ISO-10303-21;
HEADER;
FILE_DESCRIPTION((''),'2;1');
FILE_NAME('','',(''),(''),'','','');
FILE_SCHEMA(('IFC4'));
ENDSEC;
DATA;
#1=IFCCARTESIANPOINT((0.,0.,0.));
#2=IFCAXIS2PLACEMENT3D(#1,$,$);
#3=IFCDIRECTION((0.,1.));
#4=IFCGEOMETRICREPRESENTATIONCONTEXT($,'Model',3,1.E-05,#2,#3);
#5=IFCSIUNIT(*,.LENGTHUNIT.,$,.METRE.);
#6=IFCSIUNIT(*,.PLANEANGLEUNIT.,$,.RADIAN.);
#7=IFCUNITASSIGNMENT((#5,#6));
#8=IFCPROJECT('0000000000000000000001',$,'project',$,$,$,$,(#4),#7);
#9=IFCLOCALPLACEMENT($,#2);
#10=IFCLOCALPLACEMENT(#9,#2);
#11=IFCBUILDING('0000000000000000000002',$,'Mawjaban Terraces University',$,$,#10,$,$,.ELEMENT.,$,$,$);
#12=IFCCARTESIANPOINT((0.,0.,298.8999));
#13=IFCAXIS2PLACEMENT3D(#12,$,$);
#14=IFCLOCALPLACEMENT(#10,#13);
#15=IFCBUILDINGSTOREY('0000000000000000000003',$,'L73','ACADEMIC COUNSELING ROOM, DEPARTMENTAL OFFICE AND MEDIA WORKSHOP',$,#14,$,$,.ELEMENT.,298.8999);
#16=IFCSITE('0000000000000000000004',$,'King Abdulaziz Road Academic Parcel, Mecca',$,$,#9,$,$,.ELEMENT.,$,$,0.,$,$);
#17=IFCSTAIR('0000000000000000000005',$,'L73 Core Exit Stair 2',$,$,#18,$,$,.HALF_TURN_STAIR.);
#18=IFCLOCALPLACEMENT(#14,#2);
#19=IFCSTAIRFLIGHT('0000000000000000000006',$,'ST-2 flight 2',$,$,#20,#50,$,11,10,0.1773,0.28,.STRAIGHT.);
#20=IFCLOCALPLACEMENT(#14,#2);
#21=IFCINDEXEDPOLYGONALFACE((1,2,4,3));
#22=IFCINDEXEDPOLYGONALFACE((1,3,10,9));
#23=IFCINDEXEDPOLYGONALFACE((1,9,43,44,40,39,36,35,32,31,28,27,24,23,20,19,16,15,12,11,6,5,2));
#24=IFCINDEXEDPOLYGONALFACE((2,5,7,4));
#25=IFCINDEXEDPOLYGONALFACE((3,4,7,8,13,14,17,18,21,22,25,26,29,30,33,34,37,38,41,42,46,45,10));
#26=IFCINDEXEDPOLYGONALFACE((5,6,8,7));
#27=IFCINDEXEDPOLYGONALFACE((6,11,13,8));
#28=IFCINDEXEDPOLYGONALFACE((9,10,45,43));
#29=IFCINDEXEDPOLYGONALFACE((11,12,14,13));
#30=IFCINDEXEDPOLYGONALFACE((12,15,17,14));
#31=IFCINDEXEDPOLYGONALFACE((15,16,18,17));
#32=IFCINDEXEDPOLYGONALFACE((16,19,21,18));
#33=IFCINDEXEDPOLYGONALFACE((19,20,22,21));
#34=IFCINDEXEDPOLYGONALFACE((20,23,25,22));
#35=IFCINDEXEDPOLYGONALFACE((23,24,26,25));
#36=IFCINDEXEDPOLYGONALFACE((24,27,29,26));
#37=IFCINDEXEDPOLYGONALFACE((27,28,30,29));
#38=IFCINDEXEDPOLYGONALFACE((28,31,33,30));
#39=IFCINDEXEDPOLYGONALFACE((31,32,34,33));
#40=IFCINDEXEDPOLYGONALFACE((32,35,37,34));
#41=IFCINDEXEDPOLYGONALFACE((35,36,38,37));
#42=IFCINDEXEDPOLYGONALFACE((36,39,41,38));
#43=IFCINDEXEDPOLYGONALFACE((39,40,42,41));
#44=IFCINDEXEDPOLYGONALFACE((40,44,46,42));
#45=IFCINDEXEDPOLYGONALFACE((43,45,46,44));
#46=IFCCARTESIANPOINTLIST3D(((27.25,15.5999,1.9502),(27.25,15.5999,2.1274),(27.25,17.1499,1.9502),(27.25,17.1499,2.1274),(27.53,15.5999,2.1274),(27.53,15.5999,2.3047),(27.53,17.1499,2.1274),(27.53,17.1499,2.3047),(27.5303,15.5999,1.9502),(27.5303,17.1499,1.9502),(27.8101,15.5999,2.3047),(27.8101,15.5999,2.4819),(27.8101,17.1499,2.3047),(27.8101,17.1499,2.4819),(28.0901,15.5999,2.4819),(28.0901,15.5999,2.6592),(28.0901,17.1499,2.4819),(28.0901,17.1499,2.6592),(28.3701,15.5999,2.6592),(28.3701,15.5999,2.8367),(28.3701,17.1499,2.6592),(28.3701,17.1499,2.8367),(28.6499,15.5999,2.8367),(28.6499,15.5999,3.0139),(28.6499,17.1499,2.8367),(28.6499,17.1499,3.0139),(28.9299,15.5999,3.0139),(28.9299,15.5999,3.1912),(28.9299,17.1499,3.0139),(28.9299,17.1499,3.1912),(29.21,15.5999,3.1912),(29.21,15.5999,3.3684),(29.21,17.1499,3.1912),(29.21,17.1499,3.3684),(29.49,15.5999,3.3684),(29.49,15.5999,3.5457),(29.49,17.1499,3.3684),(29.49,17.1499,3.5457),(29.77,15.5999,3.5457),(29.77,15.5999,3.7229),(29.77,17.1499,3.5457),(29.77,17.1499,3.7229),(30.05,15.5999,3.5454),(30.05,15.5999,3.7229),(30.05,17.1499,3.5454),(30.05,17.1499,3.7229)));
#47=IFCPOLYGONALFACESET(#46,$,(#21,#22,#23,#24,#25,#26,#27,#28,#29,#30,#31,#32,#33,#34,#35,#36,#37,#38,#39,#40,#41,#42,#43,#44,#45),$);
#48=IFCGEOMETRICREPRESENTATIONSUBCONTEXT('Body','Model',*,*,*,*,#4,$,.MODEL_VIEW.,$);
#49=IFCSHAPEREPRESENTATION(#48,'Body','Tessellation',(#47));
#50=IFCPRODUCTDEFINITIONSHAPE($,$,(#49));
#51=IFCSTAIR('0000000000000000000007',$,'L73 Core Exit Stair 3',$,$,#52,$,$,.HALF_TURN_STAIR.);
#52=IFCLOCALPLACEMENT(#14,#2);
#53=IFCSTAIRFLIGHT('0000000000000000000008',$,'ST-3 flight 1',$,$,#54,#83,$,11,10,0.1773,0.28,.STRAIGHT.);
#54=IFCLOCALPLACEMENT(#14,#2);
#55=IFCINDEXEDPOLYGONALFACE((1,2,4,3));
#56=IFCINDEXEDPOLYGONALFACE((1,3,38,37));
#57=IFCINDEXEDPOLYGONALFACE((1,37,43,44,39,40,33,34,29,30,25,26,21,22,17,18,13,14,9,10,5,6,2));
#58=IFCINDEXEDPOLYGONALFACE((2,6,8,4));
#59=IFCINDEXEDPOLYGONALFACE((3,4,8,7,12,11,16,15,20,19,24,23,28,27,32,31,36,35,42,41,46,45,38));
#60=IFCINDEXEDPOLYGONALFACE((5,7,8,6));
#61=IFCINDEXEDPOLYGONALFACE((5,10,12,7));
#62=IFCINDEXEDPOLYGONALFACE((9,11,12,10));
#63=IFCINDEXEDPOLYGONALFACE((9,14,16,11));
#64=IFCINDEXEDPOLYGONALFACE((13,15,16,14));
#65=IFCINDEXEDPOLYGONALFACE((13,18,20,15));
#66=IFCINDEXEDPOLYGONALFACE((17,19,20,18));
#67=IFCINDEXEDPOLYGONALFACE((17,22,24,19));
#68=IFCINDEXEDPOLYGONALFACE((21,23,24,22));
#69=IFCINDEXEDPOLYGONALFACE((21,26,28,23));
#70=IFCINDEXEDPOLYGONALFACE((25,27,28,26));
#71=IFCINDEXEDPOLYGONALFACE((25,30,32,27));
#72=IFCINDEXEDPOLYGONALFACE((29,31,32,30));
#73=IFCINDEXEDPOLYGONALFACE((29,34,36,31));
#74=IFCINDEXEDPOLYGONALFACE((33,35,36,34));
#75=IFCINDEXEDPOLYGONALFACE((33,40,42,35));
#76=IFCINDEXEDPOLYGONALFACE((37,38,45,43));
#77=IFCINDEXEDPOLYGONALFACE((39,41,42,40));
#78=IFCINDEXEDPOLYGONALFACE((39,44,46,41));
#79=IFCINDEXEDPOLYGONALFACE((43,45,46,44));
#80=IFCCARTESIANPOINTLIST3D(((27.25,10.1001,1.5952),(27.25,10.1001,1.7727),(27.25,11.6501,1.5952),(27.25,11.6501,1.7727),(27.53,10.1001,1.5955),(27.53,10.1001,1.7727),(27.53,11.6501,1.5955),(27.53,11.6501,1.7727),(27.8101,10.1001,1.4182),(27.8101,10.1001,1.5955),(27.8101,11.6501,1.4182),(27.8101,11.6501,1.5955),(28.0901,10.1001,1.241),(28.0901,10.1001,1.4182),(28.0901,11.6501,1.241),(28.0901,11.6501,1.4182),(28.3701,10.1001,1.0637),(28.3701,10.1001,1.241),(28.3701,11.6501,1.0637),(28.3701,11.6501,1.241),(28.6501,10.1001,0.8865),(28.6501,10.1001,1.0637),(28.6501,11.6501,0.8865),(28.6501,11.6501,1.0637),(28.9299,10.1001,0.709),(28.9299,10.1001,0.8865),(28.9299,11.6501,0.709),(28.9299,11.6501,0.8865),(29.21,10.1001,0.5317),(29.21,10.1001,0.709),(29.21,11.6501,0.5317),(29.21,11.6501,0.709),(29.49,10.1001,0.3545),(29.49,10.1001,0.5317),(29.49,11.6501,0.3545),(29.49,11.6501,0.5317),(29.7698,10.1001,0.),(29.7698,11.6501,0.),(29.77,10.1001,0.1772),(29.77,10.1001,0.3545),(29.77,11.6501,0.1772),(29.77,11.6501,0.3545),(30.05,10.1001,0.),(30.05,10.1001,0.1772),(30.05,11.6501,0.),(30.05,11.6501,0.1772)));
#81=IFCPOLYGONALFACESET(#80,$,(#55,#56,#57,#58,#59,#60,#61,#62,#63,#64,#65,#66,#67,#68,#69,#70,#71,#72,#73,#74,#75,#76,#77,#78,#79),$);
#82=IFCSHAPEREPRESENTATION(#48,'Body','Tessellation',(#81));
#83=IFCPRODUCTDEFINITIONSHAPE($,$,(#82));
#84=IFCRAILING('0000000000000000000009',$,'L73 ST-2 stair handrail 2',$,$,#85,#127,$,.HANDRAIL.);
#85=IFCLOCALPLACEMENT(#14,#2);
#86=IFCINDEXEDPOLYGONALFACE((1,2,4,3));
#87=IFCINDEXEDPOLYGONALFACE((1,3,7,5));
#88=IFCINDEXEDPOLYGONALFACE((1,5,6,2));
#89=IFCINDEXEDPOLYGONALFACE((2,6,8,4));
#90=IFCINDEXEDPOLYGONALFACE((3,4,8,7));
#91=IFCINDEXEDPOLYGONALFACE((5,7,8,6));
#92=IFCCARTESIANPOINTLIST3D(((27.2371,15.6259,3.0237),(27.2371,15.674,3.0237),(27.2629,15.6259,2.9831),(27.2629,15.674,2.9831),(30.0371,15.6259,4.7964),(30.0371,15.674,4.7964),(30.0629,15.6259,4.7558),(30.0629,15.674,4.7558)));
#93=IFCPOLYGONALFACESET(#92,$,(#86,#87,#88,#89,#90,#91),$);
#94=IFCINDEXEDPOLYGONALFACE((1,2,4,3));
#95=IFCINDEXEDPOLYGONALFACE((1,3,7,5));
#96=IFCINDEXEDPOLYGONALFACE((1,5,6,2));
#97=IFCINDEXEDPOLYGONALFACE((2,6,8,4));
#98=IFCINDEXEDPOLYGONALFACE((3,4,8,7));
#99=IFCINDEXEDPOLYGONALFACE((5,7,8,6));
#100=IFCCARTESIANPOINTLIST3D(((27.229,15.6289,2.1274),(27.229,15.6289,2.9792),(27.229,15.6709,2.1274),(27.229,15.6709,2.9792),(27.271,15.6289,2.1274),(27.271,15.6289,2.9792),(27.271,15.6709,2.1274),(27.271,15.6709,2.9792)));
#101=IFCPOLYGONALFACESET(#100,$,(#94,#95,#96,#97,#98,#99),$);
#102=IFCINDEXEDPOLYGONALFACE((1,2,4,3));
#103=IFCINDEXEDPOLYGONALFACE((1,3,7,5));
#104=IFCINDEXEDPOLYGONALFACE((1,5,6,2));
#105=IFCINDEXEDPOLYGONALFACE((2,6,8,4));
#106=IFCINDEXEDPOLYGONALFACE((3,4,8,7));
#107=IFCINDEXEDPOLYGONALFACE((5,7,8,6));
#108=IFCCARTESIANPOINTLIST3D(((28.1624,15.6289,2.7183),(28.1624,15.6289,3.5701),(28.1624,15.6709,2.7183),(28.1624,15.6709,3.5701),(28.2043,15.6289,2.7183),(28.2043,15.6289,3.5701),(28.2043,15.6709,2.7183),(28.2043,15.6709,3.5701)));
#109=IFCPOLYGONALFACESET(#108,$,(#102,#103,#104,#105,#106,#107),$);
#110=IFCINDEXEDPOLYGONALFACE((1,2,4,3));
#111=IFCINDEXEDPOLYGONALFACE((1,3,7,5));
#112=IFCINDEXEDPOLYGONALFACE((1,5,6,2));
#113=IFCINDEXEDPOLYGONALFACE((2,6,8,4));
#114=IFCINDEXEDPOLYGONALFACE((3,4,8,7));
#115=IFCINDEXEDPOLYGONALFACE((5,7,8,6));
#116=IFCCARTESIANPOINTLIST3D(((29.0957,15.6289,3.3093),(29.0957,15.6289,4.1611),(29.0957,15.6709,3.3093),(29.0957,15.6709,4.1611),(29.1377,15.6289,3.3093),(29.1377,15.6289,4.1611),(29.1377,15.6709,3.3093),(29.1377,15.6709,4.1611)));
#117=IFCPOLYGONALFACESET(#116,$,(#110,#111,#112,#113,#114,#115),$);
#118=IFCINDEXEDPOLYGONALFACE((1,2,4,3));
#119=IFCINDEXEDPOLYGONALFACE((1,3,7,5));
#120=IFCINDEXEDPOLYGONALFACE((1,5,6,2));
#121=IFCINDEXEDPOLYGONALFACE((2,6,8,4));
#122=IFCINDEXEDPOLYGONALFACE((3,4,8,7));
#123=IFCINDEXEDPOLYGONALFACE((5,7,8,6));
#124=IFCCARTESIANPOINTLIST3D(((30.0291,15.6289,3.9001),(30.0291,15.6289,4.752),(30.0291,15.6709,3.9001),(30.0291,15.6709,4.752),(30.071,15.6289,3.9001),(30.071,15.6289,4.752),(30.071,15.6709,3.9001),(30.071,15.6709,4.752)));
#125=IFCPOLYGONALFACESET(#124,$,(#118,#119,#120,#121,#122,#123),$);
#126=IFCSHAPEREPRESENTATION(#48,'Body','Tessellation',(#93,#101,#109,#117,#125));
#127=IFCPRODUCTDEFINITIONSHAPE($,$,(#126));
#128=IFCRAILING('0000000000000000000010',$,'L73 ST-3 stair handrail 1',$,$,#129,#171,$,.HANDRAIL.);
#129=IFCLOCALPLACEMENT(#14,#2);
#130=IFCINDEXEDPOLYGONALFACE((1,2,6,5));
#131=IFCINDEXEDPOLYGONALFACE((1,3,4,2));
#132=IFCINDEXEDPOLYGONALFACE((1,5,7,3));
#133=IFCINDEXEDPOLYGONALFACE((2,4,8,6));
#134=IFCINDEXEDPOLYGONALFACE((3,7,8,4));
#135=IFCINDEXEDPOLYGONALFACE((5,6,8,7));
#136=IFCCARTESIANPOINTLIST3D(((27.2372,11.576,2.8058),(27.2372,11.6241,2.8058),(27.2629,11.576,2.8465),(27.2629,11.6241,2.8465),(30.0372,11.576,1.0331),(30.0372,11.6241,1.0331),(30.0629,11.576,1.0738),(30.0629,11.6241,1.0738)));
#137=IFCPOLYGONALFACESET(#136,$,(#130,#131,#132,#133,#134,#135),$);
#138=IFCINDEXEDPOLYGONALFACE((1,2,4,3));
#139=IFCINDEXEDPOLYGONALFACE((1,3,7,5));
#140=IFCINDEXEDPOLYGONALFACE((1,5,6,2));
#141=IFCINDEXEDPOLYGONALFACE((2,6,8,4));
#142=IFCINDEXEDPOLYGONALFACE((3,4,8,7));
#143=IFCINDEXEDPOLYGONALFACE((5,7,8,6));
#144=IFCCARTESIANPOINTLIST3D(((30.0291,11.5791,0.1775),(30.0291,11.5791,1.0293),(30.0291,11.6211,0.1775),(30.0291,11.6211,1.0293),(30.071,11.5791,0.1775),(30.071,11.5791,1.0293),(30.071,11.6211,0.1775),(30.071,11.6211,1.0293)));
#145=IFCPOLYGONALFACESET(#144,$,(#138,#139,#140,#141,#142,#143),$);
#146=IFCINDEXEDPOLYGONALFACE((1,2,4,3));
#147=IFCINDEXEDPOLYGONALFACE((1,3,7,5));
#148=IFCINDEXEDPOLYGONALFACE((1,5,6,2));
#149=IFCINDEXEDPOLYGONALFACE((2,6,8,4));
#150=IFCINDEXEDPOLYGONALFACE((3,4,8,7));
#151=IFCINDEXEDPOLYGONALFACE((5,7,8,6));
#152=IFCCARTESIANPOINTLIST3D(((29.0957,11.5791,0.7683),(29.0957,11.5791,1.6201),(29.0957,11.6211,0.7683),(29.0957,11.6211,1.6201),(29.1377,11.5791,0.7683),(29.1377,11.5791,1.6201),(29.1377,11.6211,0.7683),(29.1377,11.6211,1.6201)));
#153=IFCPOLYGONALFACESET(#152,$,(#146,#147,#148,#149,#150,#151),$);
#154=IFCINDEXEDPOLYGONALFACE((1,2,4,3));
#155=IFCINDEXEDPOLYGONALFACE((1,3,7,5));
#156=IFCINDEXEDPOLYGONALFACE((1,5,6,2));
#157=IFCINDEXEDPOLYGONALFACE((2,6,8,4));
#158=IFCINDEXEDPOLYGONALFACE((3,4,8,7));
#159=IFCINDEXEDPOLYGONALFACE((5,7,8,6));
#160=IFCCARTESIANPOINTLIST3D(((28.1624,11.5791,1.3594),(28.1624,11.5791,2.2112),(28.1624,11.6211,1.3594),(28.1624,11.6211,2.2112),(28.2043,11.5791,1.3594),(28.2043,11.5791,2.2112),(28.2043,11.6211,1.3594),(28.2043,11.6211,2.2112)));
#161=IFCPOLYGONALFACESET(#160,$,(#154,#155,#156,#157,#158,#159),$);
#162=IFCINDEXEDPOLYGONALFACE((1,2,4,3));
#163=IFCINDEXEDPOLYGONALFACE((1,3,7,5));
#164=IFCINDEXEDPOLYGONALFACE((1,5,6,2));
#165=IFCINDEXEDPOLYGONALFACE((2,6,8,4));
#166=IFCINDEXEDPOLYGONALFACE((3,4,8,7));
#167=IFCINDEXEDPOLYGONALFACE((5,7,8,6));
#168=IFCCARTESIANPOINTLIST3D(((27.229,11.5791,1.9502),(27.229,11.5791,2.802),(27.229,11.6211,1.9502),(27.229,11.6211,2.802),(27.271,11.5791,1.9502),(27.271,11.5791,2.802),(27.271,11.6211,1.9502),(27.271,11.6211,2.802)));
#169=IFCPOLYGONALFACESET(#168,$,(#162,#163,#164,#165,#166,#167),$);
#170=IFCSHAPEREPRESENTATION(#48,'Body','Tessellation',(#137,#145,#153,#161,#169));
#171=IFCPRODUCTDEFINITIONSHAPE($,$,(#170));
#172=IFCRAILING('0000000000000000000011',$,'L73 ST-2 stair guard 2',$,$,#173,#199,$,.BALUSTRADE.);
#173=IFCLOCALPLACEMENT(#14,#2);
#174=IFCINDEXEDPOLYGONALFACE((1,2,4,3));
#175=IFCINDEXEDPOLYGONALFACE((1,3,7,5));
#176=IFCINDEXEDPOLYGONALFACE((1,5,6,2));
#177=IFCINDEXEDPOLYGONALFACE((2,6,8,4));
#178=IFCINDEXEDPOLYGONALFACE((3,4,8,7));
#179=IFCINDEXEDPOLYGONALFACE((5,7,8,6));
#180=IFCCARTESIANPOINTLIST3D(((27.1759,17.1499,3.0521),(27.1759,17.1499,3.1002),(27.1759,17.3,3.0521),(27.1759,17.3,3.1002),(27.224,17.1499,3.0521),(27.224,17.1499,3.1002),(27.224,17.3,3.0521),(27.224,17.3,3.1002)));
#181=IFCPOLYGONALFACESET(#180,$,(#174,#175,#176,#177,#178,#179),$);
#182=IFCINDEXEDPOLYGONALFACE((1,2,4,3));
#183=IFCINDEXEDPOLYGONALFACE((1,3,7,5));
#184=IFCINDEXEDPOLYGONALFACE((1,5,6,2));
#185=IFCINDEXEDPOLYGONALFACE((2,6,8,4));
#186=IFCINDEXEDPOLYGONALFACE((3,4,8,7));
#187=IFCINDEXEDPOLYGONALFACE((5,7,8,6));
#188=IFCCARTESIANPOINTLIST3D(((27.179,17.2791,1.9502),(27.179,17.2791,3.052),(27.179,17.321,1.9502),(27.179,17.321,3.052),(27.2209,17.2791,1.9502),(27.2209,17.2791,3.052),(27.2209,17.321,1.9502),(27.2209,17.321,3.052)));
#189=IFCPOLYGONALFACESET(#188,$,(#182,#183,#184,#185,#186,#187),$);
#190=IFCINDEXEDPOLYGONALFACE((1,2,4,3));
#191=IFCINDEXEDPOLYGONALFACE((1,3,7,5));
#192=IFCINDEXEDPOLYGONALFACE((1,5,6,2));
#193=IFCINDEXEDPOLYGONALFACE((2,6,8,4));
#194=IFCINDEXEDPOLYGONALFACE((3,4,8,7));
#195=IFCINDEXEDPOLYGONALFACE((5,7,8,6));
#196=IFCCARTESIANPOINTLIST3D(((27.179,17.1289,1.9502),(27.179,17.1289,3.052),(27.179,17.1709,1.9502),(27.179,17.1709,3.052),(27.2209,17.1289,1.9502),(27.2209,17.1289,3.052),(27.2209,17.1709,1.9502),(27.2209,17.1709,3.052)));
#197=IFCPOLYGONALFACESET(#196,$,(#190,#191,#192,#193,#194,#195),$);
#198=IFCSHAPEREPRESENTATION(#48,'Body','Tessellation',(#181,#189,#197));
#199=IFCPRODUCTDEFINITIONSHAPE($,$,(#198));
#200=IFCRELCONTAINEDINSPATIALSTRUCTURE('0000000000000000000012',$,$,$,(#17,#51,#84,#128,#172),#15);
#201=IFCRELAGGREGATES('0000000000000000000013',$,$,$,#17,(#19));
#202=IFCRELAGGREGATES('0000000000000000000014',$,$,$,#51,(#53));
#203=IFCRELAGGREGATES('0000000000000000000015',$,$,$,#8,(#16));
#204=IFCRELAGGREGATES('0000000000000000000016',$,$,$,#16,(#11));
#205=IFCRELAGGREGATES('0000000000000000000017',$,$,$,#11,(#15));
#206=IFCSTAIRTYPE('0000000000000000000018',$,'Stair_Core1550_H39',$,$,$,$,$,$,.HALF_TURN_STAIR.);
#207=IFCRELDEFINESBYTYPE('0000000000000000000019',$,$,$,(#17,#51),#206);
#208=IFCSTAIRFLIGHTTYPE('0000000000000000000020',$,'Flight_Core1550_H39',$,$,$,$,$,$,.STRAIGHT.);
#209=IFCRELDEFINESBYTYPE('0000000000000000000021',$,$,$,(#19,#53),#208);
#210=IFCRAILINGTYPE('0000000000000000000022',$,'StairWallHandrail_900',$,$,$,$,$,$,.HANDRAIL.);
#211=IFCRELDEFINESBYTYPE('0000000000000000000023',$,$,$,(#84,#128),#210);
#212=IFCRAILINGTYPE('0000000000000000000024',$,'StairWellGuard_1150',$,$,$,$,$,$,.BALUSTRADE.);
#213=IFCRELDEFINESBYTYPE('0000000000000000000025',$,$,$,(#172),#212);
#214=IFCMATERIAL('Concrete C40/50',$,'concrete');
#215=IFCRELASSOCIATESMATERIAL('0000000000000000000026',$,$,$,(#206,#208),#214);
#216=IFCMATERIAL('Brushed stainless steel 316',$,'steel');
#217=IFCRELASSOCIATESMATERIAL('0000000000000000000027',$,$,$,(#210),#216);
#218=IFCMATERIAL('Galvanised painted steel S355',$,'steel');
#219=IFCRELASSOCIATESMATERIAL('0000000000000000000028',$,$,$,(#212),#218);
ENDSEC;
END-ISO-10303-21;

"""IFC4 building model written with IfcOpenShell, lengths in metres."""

from ifc_helpers import new_model, si_unit, direction, frame, origin, origin_2d, place, context, subcontext, project, spatial, polyline, rectangle, outline, extrude, material, type_object, element, aggregate, save


model = new_model("IFC4")

# Units and contexts
model_context = context("Model", 3, precision=1e-05, world=origin(), true_north=direction((0.0, 1.0)))
body_context = subcontext(model_context, "Body", "Model", "MODEL_VIEW")
ifc_project = project(units=[si_unit("LENGTHUNIT", "METRE"), si_unit("PLANEANGLEUNIT", "RADIAN")], contexts=[model_context])

# Site, building, storey
site_placement = place(None, origin())
site = spatial("IfcSite", under=ifc_project, at=site_placement, Name="King Abdulaziz Road Academic Parcel, Mecca", CompositionType="ELEMENT", RefElevation=0.0)
building_placement = place(site_placement, origin())
building = spatial("IfcBuilding", under=site, at=building_placement, Name="Mawjaban Terraces University", CompositionType="ELEMENT")
storey_placement = place(building_placement, frame((0.0, 0.0, 298.8999)))
storey = spatial("IfcBuildingStorey", under=building, at=storey_placement, Name="L73", Description="ACADEMIC COUNSELING ROOM, DEPARTMENTAL OFFICE AND MEDIA WORKSHOP", CompositionType="ELEMENT", Elevation=298.8999)

# Shared definitions
ifc_material_1 = material(Name="Concrete C40/50", Category="concrete")

# Stairs, stair flights
stair_type = type_object("IfcStairType", Name="Stair_Core1550_H39", PredefinedType="HALF_TURN_STAIR", material=ifc_material_1)
stair_1_placement = place(storey_placement, origin())
stair_1 = element("IfcStair", 1, at=stair_1_placement, inside=storey, type_object=stair_type, Name="L73 Core Exit Stair 2", PredefinedType="HALF_TURN_STAIR")
stair_flight_type = type_object("IfcStairFlightType", Name="Flight_Core1550_H39", PredefinedType="STRAIGHT", material=ifc_material_1)
stair_flight_1_placement = place(storey_placement, frame((27.25, 16.375, 1.9502), z_axis=(0.0, 0.0, 1.0), x_axis=(1.0, 0.0, 0.0)))
stair_flight_1 = element("IfcStairFlight", 2, at=stair_flight_1_placement, type_object=stair_flight_type, Name="ST-2 flight 2", NumberOfRisers=11, NumberOfTreads=10, PredefinedType="STRAIGHT", RiserHeight=0.1773, TreadLength=0.28, context=body_context, shape_type="SweptSolid", body=[
    extrude(outline(polyline([(0.0, 0.0), (0.0, 0.1772), (0.28, 0.1772), (0.28, 0.3545), (0.5601, 0.3545), (0.5601, 0.5317), (0.8401, 0.5317), (0.8401, 0.709), (1.1201, 0.709), (1.1201, 0.8865), (1.3999, 0.8865), (1.3999, 1.0637), (1.6799, 1.0637), (1.6799, 1.241), (1.96, 1.241), (1.96, 1.4182), (2.24, 1.4182), (2.24, 1.5955), (2.52, 1.5955), (2.52, 1.7727), (2.8, 1.7727), (2.8, 1.95), (2.8, 1.5952), (0.2803, 0.0), (0.0, 0.0)])), frame((0.0, 0.7749, 0.0), z_axis=(0.0, -1.0, 0.0), x_axis=(1.0, 0.0, 0.0)), (0.0, 0.0, 1.0), 1.55),
])
aggregate(stair_1, [stair_flight_1])
stair_2_placement = place(storey_placement, origin())
stair_2 = element("IfcStair", 3, at=stair_2_placement, inside=storey, type_object=stair_type, Name="L73 Core Exit Stair 3", PredefinedType="HALF_TURN_STAIR")
stair_flight_2_placement = place(storey_placement, frame((30.05, 10.875, 0.0), z_axis=(0.0, 0.0, 1.0), x_axis=(-1.0, 0.0, 0.0)))
stair_flight_2 = element("IfcStairFlight", 4, at=stair_flight_2_placement, type_object=stair_flight_type, Name="ST-3 flight 1", NumberOfRisers=11, NumberOfTreads=10, PredefinedType="STRAIGHT", RiserHeight=0.1773, TreadLength=0.28, context=body_context, shape_type="SweptSolid", body=[
    extrude(outline(polyline([(0.0, 0.0), (0.0, 0.1772), (0.28, 0.1772), (0.28, 0.3545), (0.5601, 0.3545), (0.5601, 0.5317), (0.8401, 0.5317), (0.8401, 0.709), (1.1201, 0.709), (1.1201, 0.8865), (1.3999, 0.8865), (1.3999, 1.0637), (1.6799, 1.0637), (1.6799, 1.241), (1.96, 1.241), (1.96, 1.4182), (2.24, 1.4182), (2.24, 1.5955), (2.52, 1.5955), (2.52, 1.7727), (2.8, 1.7727), (2.8, 1.95), (2.8, 1.5952), (0.2803, 0.0), (0.0, 0.0)])), frame((0.0, 0.7749, 0.0), z_axis=(0.0, -1.0, 0.0), x_axis=(1.0, 0.0, 0.0)), (0.0, 0.0, 1.0), 1.55),
])
aggregate(stair_2, [stair_flight_2])

# Railings
ifc_material_2 = material(Name="Brushed stainless steel 316", Category="steel")
railing_type_1 = type_object("IfcRailingType", Name="StairWallHandrail_900", PredefinedType="HANDRAIL", material=ifc_material_2)
railing_1_placement = place(storey_placement, frame((27.25, 15.6499, 2.1274)))
element("IfcRailing", 5, at=railing_1_placement, inside=storey, type_object=railing_type_1, Name="L73 ST-2 stair handrail 2", PredefinedType="HANDRAIL", context=body_context, shape_type="SweptSolid", body=[
    extrude(rectangle(XDim=0.0481, YDim=0.0481, at=origin_2d()), frame((0.0, 0.0, 0.876), z_axis=(0.844909, 0.0, 0.53491), x_axis=(0.0, 1.0, 0.0)), (0.0, 0.0, 1.0), 3.314),
    extrude(rectangle(XDim=0.042, YDim=0.042, at=origin_2d()), origin(), (0.0, 0.0, 1.0), 0.8518),
    extrude(rectangle(XDim=0.042, YDim=0.042, at=origin_2d()), frame((0.9333, 0.0, 0.5908)), (0.0, 0.0, 1.0), 0.8518),
    extrude(rectangle(XDim=0.042, YDim=0.042, at=origin_2d()), frame((1.8667, 0.0, 1.1819)), (0.0, 0.0, 1.0), 0.8518),
    extrude(rectangle(XDim=0.042, YDim=0.042, at=origin_2d()), frame((2.8, 0.0, 1.7727)), (0.0, 0.0, 1.0), 0.8518),
])
railing_2_placement = place(storey_placement, frame((30.05, 11.6001, 0.1775)))
element("IfcRailing", 6, at=railing_2_placement, inside=storey, type_object=railing_type_1, Name="L73 ST-3 stair handrail 1", PredefinedType="HANDRAIL", context=body_context, shape_type="SweptSolid", body=[
    extrude(rectangle(XDim=0.0481, YDim=0.0481, at=origin_2d()), frame((0.0, 0.0, 0.876), z_axis=(-0.844909, 0.0, 0.53491), x_axis=(0.0, -1.0, 0.0)), (0.0, 0.0, 1.0), 3.314),
    extrude(rectangle(XDim=0.042, YDim=0.042, at=origin_2d()), origin(), (0.0, 0.0, 1.0), 0.8518),
    extrude(rectangle(XDim=0.042, YDim=0.042, at=origin_2d()), frame((-0.9333, 0.0, 0.5908)), (0.0, 0.0, 1.0), 0.8518),
    extrude(rectangle(XDim=0.042, YDim=0.042, at=origin_2d()), frame((-1.8667, 0.0, 1.1819)), (0.0, 0.0, 1.0), 0.8518),
    extrude(rectangle(XDim=0.042, YDim=0.042, at=origin_2d()), frame((-2.8, 0.0, 1.7727)), (0.0, 0.0, 1.0), 0.8518),
])
ifc_material_3 = material(Name="Galvanised painted steel S355", Category="steel")
railing_type_2 = type_object("IfcRailingType", Name="StairWellGuard_1150", PredefinedType="BALUSTRADE", material=ifc_material_3)
railing_3_placement = place(storey_placement, frame((27.2, 17.3, 1.9502)))
element("IfcRailing", 7, at=railing_3_placement, inside=storey, type_object=railing_type_2, Name="L73 ST-2 stair guard 2", PredefinedType="BALUSTRADE", context=body_context, shape_type="SweptSolid", body=[
    extrude(rectangle(XDim=0.0481, YDim=0.0481, at=origin_2d()), frame((0.0, 0.0, 1.126), z_axis=(0.0, -1.0, 0.0), x_axis=(1.0, 0.0, 0.0)), (0.0, 0.0, 1.0), 0.1501),
    extrude(rectangle(XDim=0.042, YDim=0.042, at=origin_2d()), origin(), (0.0, 0.0, 1.0), 1.1018),
    extrude(rectangle(XDim=0.042, YDim=0.042, at=origin_2d()), frame((0.0, -0.1501, 0.0)), (0.0, 0.0, 1.0), 1.1018),
])

save(model, "model.ifc")
